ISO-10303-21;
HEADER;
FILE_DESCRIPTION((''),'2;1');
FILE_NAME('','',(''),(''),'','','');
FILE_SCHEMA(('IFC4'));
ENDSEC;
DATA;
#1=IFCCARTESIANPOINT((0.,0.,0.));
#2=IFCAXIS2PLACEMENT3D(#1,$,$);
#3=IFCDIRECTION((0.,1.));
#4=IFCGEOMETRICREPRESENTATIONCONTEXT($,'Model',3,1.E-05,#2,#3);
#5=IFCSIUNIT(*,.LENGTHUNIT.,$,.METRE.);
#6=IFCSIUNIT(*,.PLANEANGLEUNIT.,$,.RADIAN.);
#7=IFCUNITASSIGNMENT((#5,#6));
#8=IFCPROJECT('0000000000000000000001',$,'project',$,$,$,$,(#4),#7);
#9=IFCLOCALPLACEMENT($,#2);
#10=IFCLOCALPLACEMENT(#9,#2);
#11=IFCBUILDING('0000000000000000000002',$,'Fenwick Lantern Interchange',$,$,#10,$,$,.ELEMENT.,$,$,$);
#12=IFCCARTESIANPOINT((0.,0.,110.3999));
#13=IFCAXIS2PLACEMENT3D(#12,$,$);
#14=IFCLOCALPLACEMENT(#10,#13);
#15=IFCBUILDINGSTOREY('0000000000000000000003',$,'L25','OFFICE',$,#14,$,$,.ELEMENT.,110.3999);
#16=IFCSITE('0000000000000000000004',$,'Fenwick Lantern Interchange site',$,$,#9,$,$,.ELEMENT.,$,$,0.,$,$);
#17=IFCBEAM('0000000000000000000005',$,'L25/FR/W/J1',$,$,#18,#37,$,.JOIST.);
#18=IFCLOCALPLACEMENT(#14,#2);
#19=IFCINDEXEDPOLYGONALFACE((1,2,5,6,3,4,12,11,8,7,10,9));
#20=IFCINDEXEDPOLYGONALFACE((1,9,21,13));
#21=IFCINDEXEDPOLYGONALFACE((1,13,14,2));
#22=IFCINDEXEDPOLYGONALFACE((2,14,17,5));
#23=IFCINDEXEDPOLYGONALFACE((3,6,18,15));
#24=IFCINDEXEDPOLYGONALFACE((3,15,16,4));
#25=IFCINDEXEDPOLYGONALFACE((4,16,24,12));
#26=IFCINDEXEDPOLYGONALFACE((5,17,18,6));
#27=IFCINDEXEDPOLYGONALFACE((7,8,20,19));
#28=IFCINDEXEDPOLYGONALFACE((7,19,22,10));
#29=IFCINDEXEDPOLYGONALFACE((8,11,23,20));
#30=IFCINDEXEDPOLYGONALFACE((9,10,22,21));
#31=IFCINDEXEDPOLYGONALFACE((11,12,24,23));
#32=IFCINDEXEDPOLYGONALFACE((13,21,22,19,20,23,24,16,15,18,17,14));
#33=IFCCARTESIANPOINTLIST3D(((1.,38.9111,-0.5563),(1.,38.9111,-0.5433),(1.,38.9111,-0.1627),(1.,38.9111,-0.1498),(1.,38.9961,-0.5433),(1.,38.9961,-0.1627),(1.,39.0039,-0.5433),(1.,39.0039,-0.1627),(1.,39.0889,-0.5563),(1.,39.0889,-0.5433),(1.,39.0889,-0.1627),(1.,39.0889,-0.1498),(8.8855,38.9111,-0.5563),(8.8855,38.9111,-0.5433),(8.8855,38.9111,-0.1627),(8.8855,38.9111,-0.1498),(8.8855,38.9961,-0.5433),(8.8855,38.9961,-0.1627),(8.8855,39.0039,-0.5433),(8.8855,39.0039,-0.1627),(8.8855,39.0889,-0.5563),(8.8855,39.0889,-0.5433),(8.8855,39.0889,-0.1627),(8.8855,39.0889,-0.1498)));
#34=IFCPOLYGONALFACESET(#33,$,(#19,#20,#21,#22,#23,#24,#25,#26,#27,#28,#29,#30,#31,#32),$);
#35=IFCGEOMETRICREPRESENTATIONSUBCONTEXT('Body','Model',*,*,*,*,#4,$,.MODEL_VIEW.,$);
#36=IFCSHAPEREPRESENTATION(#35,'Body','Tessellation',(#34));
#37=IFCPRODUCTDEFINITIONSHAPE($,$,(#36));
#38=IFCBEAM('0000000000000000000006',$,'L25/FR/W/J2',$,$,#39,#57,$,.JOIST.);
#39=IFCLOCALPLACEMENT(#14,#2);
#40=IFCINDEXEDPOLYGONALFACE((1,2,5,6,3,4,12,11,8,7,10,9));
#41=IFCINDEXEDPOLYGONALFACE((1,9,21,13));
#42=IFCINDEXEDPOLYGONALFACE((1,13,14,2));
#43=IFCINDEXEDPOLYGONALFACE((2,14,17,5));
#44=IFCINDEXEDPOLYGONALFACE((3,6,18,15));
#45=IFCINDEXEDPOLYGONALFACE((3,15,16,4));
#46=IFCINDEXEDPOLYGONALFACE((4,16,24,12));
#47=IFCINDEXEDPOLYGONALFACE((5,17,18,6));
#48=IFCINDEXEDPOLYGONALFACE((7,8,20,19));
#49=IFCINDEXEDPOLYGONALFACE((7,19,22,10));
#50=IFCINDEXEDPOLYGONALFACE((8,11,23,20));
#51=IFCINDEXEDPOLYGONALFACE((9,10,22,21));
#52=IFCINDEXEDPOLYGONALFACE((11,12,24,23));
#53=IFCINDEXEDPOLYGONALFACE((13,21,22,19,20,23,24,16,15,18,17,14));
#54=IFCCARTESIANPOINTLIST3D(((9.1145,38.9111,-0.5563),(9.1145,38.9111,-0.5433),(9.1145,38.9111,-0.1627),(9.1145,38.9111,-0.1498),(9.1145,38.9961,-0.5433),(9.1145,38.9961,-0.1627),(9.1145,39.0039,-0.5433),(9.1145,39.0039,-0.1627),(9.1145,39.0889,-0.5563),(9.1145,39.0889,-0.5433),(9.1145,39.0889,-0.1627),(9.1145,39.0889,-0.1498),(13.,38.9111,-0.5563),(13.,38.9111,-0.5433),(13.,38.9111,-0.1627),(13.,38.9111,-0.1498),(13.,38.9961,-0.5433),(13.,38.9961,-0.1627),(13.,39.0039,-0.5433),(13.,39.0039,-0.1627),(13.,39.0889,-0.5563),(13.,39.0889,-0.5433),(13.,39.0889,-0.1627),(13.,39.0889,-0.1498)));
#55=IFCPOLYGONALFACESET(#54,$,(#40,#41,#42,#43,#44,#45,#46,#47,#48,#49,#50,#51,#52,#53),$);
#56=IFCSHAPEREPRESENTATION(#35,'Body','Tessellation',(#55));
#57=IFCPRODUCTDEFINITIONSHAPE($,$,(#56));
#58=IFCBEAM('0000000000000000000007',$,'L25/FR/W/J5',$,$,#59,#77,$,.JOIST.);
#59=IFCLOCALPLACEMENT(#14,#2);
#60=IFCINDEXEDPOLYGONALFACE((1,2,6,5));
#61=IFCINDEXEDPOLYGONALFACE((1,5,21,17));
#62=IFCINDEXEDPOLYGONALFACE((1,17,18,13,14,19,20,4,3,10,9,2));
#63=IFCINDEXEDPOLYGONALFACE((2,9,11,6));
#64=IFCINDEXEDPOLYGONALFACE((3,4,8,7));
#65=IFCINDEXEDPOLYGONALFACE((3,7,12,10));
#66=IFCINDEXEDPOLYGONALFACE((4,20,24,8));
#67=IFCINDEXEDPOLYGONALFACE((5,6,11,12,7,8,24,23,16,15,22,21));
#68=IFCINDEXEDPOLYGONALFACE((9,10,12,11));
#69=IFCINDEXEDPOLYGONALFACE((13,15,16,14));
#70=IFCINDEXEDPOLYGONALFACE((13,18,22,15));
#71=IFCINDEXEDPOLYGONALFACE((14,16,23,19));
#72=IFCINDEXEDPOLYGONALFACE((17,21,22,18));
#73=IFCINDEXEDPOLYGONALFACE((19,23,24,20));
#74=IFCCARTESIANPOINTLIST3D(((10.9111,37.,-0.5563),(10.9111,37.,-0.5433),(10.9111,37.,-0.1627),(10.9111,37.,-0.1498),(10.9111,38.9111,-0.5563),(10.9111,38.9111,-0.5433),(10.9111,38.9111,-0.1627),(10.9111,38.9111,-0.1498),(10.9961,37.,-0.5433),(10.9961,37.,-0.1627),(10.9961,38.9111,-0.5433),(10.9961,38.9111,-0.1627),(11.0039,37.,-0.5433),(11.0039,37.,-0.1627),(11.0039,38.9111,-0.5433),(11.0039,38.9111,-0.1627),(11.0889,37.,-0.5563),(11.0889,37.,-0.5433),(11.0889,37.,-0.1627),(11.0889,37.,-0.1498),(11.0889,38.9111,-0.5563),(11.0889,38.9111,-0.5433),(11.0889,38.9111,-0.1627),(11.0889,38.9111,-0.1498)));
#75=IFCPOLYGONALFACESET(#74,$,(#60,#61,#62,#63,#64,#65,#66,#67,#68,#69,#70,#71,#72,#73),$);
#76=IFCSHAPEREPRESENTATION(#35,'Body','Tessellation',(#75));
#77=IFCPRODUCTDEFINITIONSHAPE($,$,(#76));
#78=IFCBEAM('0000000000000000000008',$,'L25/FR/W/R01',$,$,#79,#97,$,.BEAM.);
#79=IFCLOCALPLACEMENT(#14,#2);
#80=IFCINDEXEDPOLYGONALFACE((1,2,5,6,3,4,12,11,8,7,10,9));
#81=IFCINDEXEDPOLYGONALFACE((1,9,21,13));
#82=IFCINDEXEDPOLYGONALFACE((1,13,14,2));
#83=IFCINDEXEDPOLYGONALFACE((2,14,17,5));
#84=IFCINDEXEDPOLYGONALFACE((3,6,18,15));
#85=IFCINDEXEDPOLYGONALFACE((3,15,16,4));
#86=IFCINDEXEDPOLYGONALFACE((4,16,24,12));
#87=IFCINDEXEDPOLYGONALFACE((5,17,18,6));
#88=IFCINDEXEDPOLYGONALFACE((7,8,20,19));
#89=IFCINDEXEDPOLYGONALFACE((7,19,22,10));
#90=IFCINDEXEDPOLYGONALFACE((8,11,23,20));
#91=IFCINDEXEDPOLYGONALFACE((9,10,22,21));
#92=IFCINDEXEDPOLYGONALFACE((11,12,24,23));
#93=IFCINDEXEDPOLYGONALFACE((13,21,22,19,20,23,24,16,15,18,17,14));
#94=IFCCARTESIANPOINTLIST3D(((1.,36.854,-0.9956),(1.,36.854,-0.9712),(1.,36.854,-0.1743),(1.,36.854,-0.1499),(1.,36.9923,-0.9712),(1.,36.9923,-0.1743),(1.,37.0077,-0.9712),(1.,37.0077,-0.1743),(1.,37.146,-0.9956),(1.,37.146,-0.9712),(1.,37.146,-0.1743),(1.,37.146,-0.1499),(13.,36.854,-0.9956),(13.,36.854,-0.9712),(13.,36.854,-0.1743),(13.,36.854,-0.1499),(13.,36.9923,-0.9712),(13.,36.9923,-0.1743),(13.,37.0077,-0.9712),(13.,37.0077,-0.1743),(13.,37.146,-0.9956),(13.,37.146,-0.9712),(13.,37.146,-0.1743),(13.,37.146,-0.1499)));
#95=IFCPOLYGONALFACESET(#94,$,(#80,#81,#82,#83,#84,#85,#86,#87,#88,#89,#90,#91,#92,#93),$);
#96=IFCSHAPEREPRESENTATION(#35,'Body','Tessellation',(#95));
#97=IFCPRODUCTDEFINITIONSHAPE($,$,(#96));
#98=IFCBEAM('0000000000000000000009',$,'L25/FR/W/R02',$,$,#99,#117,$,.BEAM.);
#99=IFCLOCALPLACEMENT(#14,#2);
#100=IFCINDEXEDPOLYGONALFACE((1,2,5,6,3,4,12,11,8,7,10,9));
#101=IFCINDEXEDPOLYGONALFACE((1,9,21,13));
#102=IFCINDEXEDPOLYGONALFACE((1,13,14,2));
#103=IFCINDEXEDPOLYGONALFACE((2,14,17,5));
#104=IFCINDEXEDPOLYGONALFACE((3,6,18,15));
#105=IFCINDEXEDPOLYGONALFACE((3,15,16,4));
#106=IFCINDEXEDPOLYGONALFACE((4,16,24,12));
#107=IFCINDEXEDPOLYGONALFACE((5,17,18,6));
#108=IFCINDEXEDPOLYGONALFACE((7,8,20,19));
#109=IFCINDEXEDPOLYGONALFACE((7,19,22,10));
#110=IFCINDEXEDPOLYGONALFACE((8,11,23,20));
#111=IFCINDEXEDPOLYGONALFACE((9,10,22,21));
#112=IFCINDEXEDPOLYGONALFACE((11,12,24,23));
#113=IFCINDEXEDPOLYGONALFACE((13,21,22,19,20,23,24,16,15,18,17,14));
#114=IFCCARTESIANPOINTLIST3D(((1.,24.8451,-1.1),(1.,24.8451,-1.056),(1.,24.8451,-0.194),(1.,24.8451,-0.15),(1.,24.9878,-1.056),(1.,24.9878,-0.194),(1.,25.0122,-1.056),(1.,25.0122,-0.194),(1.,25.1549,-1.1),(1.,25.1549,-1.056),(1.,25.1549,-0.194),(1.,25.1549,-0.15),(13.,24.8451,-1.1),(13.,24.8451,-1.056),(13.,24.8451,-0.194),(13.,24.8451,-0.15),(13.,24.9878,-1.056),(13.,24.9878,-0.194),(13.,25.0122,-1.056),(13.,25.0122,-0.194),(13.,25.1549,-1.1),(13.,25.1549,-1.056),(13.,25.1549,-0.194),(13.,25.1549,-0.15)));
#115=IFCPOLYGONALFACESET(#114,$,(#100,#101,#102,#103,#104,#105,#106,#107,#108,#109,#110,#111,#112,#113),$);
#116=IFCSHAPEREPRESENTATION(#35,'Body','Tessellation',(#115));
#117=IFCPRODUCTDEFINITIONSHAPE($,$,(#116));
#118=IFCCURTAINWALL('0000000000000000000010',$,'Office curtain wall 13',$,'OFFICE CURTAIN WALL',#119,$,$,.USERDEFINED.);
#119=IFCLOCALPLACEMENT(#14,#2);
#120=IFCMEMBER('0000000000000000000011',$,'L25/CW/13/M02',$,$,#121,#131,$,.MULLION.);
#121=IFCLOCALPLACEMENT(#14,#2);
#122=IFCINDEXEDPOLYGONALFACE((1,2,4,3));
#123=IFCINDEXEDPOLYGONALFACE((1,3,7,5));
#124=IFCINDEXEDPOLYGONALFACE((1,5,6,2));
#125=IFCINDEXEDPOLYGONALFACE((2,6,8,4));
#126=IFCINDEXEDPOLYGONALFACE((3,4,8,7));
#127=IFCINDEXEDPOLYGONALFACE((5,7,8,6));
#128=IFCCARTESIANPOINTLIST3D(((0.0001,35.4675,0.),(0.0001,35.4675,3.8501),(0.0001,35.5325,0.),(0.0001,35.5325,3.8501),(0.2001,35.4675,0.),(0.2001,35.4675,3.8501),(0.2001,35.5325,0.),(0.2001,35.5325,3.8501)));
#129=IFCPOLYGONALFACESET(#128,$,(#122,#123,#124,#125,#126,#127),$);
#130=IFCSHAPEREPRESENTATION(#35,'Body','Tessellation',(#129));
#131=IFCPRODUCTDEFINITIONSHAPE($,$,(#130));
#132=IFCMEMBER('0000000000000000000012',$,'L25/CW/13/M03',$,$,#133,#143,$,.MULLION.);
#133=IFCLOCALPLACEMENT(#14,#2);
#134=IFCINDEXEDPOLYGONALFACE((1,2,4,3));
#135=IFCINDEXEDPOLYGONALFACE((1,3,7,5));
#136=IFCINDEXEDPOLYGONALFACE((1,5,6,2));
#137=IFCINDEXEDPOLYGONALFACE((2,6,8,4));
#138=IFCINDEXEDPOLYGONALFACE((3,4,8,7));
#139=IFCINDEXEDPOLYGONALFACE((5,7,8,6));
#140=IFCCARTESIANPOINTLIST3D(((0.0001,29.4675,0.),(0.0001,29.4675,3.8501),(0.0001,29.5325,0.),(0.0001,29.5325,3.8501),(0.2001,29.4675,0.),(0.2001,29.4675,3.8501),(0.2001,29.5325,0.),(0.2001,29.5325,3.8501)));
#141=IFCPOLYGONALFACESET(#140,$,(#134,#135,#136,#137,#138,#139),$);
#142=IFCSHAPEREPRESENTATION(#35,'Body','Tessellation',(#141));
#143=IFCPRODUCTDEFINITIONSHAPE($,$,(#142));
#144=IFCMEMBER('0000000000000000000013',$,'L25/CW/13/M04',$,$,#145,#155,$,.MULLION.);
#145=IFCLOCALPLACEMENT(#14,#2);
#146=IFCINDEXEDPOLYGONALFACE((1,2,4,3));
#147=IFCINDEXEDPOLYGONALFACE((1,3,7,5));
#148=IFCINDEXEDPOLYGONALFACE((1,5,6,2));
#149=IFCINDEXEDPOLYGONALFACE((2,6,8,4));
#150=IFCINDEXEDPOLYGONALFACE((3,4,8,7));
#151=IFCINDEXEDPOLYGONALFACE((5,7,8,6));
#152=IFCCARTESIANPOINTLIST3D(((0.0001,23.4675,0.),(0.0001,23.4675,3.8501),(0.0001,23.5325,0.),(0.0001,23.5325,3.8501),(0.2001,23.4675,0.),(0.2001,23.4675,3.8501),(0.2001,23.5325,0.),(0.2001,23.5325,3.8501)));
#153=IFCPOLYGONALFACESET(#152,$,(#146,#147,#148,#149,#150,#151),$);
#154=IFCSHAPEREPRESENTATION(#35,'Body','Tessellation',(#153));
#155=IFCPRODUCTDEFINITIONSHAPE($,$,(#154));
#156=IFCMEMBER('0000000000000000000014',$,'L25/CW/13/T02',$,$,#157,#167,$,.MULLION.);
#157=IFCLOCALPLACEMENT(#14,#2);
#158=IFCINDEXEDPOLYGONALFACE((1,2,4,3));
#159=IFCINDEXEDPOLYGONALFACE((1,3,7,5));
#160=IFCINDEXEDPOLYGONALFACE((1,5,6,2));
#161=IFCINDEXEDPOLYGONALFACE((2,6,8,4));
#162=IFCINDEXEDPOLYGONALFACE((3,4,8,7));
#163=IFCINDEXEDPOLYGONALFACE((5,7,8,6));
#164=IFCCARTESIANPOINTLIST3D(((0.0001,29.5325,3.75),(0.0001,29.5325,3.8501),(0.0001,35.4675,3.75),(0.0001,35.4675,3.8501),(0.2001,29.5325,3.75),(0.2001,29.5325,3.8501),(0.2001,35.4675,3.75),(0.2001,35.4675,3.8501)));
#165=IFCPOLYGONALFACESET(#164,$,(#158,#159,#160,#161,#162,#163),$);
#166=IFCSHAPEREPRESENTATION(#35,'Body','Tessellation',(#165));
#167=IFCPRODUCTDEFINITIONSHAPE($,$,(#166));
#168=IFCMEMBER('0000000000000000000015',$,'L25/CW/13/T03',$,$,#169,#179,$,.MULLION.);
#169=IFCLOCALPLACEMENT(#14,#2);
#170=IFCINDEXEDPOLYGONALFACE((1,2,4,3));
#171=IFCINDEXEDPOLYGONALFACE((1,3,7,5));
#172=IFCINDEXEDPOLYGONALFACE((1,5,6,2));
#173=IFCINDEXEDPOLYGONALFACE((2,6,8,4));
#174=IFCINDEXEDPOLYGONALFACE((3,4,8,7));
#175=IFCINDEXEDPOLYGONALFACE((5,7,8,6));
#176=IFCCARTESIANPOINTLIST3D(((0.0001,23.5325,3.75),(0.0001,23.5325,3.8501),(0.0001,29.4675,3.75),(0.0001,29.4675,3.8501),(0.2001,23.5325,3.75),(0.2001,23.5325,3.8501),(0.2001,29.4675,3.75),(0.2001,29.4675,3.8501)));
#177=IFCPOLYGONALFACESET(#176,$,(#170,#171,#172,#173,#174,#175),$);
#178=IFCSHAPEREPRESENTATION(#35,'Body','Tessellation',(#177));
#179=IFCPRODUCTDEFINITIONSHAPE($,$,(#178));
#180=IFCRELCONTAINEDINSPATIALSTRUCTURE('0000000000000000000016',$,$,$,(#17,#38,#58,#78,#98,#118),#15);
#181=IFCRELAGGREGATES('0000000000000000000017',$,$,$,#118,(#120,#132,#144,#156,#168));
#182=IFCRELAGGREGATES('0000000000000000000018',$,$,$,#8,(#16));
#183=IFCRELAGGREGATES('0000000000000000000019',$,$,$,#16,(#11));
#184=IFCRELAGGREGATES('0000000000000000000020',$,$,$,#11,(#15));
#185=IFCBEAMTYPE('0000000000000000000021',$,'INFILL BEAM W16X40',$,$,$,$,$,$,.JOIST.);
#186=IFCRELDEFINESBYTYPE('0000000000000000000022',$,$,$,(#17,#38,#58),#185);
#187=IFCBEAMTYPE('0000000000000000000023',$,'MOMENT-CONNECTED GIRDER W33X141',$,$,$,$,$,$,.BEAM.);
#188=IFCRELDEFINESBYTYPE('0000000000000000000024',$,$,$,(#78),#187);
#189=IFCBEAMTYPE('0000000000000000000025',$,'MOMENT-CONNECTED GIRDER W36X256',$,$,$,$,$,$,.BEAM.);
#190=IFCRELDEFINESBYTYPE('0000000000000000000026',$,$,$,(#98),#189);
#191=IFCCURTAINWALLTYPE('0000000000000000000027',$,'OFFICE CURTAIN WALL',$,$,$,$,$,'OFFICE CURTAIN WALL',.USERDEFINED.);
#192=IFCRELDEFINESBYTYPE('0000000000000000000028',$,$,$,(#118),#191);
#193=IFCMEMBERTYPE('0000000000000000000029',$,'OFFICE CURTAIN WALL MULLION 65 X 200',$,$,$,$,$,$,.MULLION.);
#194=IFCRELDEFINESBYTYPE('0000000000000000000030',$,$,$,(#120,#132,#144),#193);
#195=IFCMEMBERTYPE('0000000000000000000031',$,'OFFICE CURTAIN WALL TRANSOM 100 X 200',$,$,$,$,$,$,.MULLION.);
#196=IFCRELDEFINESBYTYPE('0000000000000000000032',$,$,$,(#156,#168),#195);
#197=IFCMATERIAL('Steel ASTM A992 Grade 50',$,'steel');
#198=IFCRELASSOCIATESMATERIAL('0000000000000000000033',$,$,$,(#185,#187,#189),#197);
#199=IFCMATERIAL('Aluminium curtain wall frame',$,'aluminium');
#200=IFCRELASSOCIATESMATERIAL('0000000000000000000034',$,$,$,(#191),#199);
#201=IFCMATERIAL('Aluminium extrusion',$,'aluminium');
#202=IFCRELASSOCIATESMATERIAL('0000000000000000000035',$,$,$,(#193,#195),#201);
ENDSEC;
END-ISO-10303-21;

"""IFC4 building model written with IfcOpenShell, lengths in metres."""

from ifc_helpers import new_model, si_unit, direction, frame, origin, origin_2d, place, context, subcontext, project, spatial, rectangle, i_section, extrude, material, material_profile, profile_set, type_object, element, aggregate, save


model = new_model("IFC4")

# Units and contexts
model_context = context("Model", 3, precision=1e-05, world=origin(), true_north=direction((0.0, 1.0)))
body_context = subcontext(model_context, "Body", "Model", "MODEL_VIEW")
ifc_project = project(units=[si_unit("LENGTHUNIT", "METRE"), si_unit("PLANEANGLEUNIT", "RADIAN")], contexts=[model_context])

# Site, building, storey
site_placement = place(None, origin())
site = spatial("IfcSite", under=ifc_project, at=site_placement, Name="Fenwick Lantern Interchange site", CompositionType="ELEMENT", RefElevation=0.0)
building_placement = place(site_placement, origin())
building = spatial("IfcBuilding", under=site, at=building_placement, Name="Fenwick Lantern Interchange", CompositionType="ELEMENT")
storey_placement = place(building_placement, frame((0.0, 0.0, 110.3999)))
storey = spatial("IfcBuildingStorey", under=building, at=storey_placement, Name="L25", Description="OFFICE", CompositionType="ELEMENT", Elevation=110.3999)

# Beams
ifc_material_1 = material(Name="Steel ASTM A992 Grade 50", Category="steel")
ifc_material_profile_1 = material_profile(ifc_material_1, i_section(OverallWidth=0.1777, OverallDepth=0.4065, WebThickness=0.0078, FlangeThickness=0.0129, at=origin_2d()), Name="W16X40")
ifc_profile_set_1 = profile_set([ifc_material_profile_1], Name="Steel ASTM A992 Grade 50")
beam_type_1 = type_object("IfcBeamType", Name="INFILL BEAM W16X40", PredefinedType="JOIST", material=ifc_profile_set_1)
beam_1_placement = place(storey_placement, frame((1.0, 39.0, -0.353), z_axis=(1.0, 0.0, 0.0), x_axis=(0.0, 1.0, 0.0)))
element("IfcBeam", 1, at=beam_1_placement, inside=storey, type_object=beam_type_1, Name="L25/FR/W/J1", PredefinedType="JOIST", context=body_context, shape_type="SweptSolid", body=[
    extrude(i_section(OverallWidth=0.1777, OverallDepth=0.4065, WebThickness=0.0078, FlangeThickness=0.0129, at=origin_2d()), origin(), (0.0, 0.0, 1.0), 7.8855),
])
beam_2_placement = place(storey_placement, frame((9.1145, 39.0, -0.353), z_axis=(1.0, 0.0, 0.0), x_axis=(0.0, 1.0, 0.0)))
element("IfcBeam", 2, at=beam_2_placement, inside=storey, type_object=beam_type_1, Name="L25/FR/W/J2", PredefinedType="JOIST", context=body_context, shape_type="SweptSolid", body=[
    extrude(i_section(OverallWidth=0.1777, OverallDepth=0.4065, WebThickness=0.0078, FlangeThickness=0.0129, at=origin_2d()), origin(), (0.0, 0.0, 1.0), 3.8855),
])
beam_3_placement = place(storey_placement, frame((11.0, 38.9111, -0.353), z_axis=(0.0, -1.0, 0.0), x_axis=(1.0, 0.0, 0.0)))
element("IfcBeam", 3, at=beam_3_placement, inside=storey, type_object=beam_type_1, Name="L25/FR/W/J5", PredefinedType="JOIST", context=body_context, shape_type="SweptSolid", body=[
    extrude(i_section(OverallWidth=0.1777, OverallDepth=0.4065, WebThickness=0.0078, FlangeThickness=0.0129, at=origin_2d()), origin(), (0.0, 0.0, 1.0), 1.9111),
])
ifc_material_profile_2 = material_profile(ifc_material_1, i_section(OverallWidth=0.292, OverallDepth=0.8457, WebThickness=0.0154, FlangeThickness=0.0244, at=origin_2d()), Name="W33X141")
ifc_profile_set_2 = profile_set([ifc_material_profile_2], Name="Steel ASTM A992 Grade 50")
beam_type_2 = type_object("IfcBeamType", Name="MOMENT-CONNECTED GIRDER W33X141", PredefinedType="BEAM", material=ifc_profile_set_2)
beam_4_placement = place(storey_placement, frame((1.0, 37.0, -0.5728), z_axis=(1.0, 0.0, 0.0), x_axis=(0.0, 1.0, 0.0)))
element("IfcBeam", 4, at=beam_4_placement, inside=storey, type_object=beam_type_2, Name="L25/FR/W/R01", PredefinedType="BEAM", context=body_context, shape_type="SweptSolid", body=[
    extrude(i_section(OverallWidth=0.292, OverallDepth=0.8457, WebThickness=0.0154, FlangeThickness=0.0244, at=origin_2d()), origin(), (0.0, 0.0, 1.0), 12.0),
])
ifc_material_profile_3 = material_profile(ifc_material_1, i_section(OverallWidth=0.3098, OverallDepth=0.95, WebThickness=0.0244, FlangeThickness=0.0439, at=origin_2d()), Name="W36X256")
ifc_profile_set_3 = profile_set([ifc_material_profile_3], Name="Steel ASTM A992 Grade 50")
beam_type_3 = type_object("IfcBeamType", Name="MOMENT-CONNECTED GIRDER W36X256", PredefinedType="BEAM", material=ifc_profile_set_3)
beam_5_placement = place(storey_placement, frame((1.0, 25.0, -0.625), z_axis=(1.0, 0.0, 0.0), x_axis=(0.0, 1.0, 0.0)))
element("IfcBeam", 5, at=beam_5_placement, inside=storey, type_object=beam_type_3, Name="L25/FR/W/R02", PredefinedType="BEAM", context=body_context, shape_type="SweptSolid", body=[
    extrude(i_section(OverallWidth=0.3098, OverallDepth=0.95, WebThickness=0.0244, FlangeThickness=0.0439, at=origin_2d()), origin(), (0.0, 0.0, 1.0), 12.0),
])

# Curtain wall, members
ifc_material_2 = material(Name="Aluminium curtain wall frame", Category="aluminium")
curtain_wall_type = type_object("IfcCurtainWallType", Name="OFFICE CURTAIN WALL", ElementType="OFFICE CURTAIN WALL", PredefinedType="USERDEFINED", material=ifc_material_2)
curtain_wall_placement = place(storey_placement, origin())
curtain_wall = element("IfcCurtainWall", 6, at=curtain_wall_placement, inside=storey, type_object=curtain_wall_type, Name="Office curtain wall 13", ObjectType="OFFICE CURTAIN WALL", PredefinedType="USERDEFINED")
ifc_material_3 = material(Name="Aluminium extrusion", Category="aluminium")
ifc_material_profile_4 = material_profile(ifc_material_3, rectangle(XDim=0.2, YDim=0.0649, at=origin_2d()), Name="OFFICE CURTAIN WALL MULLION 65 X 200")
ifc_profile_set_4 = profile_set([ifc_material_profile_4], Name="Aluminium extrusion")
member_type_1 = type_object("IfcMemberType", Name="OFFICE CURTAIN WALL MULLION 65 X 200", PredefinedType="MULLION", material=ifc_profile_set_4)
member_1_placement = place(storey_placement, frame((0.1001, 35.5, 0.0), z_axis=(0.0, 0.0, 1.0), x_axis=(1.0, 0.0, 0.0)))
member_1 = element("IfcMember", 7, at=member_1_placement, type_object=member_type_1, Name="L25/CW/13/M02", PredefinedType="MULLION", context=body_context, shape_type="SweptSolid", body=[
    extrude(rectangle(XDim=0.2, YDim=0.0649, at=origin_2d()), origin(), (0.0, 0.0, 1.0), 3.8501),
])
member_2_placement = place(storey_placement, frame((0.1001, 29.5, 0.0), z_axis=(0.0, 0.0, 1.0), x_axis=(1.0, 0.0, 0.0)))
member_2 = element("IfcMember", 8, at=member_2_placement, type_object=member_type_1, Name="L25/CW/13/M03", PredefinedType="MULLION", context=body_context, shape_type="SweptSolid", body=[
    extrude(rectangle(XDim=0.2, YDim=0.0649, at=origin_2d()), origin(), (0.0, 0.0, 1.0), 3.8501),
])
member_3_placement = place(storey_placement, frame((0.1001, 23.5, 0.0), z_axis=(0.0, 0.0, 1.0), x_axis=(1.0, 0.0, 0.0)))
member_3 = element("IfcMember", 9, at=member_3_placement, type_object=member_type_1, Name="L25/CW/13/M04", PredefinedType="MULLION", context=body_context, shape_type="SweptSolid", body=[
    extrude(rectangle(XDim=0.2, YDim=0.0649, at=origin_2d()), origin(), (0.0, 0.0, 1.0), 3.8501),
])
ifc_material_profile_5 = material_profile(ifc_material_3, rectangle(XDim=0.2, YDim=0.1001, at=origin_2d()), Name="OFFICE CURTAIN WALL TRANSOM 100 X 200")
ifc_profile_set_5 = profile_set([ifc_material_profile_5], Name="Aluminium extrusion")
member_type_2 = type_object("IfcMemberType", Name="OFFICE CURTAIN WALL TRANSOM 100 X 200", PredefinedType="MULLION", material=ifc_profile_set_5)
member_4_placement = place(storey_placement, frame((0.1001, 35.4675, 3.8), z_axis=(0.0, -1.0, 0.0), x_axis=(1.0, 0.0, 0.0)))
member_4 = element("IfcMember", 10, at=member_4_placement, type_object=member_type_2, Name="L25/CW/13/T02", PredefinedType="MULLION", context=body_context, shape_type="SweptSolid", body=[
    extrude(rectangle(XDim=0.2, YDim=0.1001, at=origin_2d()), origin(), (0.0, 0.0, 1.0), 5.9351),
])
member_5_placement = place(storey_placement, frame((0.1001, 29.4675, 3.8), z_axis=(0.0, -1.0, 0.0), x_axis=(1.0, 0.0, 0.0)))
member_5 = element("IfcMember", 11, at=member_5_placement, type_object=member_type_2, Name="L25/CW/13/T03", PredefinedType="MULLION", context=body_context, shape_type="SweptSolid", body=[
    extrude(rectangle(XDim=0.2, YDim=0.1001, at=origin_2d()), origin(), (0.0, 0.0, 1.0), 5.9351),
])
aggregate(curtain_wall, [member_1, member_2, member_3, member_4, member_5])

save(model, "model.ifc")
